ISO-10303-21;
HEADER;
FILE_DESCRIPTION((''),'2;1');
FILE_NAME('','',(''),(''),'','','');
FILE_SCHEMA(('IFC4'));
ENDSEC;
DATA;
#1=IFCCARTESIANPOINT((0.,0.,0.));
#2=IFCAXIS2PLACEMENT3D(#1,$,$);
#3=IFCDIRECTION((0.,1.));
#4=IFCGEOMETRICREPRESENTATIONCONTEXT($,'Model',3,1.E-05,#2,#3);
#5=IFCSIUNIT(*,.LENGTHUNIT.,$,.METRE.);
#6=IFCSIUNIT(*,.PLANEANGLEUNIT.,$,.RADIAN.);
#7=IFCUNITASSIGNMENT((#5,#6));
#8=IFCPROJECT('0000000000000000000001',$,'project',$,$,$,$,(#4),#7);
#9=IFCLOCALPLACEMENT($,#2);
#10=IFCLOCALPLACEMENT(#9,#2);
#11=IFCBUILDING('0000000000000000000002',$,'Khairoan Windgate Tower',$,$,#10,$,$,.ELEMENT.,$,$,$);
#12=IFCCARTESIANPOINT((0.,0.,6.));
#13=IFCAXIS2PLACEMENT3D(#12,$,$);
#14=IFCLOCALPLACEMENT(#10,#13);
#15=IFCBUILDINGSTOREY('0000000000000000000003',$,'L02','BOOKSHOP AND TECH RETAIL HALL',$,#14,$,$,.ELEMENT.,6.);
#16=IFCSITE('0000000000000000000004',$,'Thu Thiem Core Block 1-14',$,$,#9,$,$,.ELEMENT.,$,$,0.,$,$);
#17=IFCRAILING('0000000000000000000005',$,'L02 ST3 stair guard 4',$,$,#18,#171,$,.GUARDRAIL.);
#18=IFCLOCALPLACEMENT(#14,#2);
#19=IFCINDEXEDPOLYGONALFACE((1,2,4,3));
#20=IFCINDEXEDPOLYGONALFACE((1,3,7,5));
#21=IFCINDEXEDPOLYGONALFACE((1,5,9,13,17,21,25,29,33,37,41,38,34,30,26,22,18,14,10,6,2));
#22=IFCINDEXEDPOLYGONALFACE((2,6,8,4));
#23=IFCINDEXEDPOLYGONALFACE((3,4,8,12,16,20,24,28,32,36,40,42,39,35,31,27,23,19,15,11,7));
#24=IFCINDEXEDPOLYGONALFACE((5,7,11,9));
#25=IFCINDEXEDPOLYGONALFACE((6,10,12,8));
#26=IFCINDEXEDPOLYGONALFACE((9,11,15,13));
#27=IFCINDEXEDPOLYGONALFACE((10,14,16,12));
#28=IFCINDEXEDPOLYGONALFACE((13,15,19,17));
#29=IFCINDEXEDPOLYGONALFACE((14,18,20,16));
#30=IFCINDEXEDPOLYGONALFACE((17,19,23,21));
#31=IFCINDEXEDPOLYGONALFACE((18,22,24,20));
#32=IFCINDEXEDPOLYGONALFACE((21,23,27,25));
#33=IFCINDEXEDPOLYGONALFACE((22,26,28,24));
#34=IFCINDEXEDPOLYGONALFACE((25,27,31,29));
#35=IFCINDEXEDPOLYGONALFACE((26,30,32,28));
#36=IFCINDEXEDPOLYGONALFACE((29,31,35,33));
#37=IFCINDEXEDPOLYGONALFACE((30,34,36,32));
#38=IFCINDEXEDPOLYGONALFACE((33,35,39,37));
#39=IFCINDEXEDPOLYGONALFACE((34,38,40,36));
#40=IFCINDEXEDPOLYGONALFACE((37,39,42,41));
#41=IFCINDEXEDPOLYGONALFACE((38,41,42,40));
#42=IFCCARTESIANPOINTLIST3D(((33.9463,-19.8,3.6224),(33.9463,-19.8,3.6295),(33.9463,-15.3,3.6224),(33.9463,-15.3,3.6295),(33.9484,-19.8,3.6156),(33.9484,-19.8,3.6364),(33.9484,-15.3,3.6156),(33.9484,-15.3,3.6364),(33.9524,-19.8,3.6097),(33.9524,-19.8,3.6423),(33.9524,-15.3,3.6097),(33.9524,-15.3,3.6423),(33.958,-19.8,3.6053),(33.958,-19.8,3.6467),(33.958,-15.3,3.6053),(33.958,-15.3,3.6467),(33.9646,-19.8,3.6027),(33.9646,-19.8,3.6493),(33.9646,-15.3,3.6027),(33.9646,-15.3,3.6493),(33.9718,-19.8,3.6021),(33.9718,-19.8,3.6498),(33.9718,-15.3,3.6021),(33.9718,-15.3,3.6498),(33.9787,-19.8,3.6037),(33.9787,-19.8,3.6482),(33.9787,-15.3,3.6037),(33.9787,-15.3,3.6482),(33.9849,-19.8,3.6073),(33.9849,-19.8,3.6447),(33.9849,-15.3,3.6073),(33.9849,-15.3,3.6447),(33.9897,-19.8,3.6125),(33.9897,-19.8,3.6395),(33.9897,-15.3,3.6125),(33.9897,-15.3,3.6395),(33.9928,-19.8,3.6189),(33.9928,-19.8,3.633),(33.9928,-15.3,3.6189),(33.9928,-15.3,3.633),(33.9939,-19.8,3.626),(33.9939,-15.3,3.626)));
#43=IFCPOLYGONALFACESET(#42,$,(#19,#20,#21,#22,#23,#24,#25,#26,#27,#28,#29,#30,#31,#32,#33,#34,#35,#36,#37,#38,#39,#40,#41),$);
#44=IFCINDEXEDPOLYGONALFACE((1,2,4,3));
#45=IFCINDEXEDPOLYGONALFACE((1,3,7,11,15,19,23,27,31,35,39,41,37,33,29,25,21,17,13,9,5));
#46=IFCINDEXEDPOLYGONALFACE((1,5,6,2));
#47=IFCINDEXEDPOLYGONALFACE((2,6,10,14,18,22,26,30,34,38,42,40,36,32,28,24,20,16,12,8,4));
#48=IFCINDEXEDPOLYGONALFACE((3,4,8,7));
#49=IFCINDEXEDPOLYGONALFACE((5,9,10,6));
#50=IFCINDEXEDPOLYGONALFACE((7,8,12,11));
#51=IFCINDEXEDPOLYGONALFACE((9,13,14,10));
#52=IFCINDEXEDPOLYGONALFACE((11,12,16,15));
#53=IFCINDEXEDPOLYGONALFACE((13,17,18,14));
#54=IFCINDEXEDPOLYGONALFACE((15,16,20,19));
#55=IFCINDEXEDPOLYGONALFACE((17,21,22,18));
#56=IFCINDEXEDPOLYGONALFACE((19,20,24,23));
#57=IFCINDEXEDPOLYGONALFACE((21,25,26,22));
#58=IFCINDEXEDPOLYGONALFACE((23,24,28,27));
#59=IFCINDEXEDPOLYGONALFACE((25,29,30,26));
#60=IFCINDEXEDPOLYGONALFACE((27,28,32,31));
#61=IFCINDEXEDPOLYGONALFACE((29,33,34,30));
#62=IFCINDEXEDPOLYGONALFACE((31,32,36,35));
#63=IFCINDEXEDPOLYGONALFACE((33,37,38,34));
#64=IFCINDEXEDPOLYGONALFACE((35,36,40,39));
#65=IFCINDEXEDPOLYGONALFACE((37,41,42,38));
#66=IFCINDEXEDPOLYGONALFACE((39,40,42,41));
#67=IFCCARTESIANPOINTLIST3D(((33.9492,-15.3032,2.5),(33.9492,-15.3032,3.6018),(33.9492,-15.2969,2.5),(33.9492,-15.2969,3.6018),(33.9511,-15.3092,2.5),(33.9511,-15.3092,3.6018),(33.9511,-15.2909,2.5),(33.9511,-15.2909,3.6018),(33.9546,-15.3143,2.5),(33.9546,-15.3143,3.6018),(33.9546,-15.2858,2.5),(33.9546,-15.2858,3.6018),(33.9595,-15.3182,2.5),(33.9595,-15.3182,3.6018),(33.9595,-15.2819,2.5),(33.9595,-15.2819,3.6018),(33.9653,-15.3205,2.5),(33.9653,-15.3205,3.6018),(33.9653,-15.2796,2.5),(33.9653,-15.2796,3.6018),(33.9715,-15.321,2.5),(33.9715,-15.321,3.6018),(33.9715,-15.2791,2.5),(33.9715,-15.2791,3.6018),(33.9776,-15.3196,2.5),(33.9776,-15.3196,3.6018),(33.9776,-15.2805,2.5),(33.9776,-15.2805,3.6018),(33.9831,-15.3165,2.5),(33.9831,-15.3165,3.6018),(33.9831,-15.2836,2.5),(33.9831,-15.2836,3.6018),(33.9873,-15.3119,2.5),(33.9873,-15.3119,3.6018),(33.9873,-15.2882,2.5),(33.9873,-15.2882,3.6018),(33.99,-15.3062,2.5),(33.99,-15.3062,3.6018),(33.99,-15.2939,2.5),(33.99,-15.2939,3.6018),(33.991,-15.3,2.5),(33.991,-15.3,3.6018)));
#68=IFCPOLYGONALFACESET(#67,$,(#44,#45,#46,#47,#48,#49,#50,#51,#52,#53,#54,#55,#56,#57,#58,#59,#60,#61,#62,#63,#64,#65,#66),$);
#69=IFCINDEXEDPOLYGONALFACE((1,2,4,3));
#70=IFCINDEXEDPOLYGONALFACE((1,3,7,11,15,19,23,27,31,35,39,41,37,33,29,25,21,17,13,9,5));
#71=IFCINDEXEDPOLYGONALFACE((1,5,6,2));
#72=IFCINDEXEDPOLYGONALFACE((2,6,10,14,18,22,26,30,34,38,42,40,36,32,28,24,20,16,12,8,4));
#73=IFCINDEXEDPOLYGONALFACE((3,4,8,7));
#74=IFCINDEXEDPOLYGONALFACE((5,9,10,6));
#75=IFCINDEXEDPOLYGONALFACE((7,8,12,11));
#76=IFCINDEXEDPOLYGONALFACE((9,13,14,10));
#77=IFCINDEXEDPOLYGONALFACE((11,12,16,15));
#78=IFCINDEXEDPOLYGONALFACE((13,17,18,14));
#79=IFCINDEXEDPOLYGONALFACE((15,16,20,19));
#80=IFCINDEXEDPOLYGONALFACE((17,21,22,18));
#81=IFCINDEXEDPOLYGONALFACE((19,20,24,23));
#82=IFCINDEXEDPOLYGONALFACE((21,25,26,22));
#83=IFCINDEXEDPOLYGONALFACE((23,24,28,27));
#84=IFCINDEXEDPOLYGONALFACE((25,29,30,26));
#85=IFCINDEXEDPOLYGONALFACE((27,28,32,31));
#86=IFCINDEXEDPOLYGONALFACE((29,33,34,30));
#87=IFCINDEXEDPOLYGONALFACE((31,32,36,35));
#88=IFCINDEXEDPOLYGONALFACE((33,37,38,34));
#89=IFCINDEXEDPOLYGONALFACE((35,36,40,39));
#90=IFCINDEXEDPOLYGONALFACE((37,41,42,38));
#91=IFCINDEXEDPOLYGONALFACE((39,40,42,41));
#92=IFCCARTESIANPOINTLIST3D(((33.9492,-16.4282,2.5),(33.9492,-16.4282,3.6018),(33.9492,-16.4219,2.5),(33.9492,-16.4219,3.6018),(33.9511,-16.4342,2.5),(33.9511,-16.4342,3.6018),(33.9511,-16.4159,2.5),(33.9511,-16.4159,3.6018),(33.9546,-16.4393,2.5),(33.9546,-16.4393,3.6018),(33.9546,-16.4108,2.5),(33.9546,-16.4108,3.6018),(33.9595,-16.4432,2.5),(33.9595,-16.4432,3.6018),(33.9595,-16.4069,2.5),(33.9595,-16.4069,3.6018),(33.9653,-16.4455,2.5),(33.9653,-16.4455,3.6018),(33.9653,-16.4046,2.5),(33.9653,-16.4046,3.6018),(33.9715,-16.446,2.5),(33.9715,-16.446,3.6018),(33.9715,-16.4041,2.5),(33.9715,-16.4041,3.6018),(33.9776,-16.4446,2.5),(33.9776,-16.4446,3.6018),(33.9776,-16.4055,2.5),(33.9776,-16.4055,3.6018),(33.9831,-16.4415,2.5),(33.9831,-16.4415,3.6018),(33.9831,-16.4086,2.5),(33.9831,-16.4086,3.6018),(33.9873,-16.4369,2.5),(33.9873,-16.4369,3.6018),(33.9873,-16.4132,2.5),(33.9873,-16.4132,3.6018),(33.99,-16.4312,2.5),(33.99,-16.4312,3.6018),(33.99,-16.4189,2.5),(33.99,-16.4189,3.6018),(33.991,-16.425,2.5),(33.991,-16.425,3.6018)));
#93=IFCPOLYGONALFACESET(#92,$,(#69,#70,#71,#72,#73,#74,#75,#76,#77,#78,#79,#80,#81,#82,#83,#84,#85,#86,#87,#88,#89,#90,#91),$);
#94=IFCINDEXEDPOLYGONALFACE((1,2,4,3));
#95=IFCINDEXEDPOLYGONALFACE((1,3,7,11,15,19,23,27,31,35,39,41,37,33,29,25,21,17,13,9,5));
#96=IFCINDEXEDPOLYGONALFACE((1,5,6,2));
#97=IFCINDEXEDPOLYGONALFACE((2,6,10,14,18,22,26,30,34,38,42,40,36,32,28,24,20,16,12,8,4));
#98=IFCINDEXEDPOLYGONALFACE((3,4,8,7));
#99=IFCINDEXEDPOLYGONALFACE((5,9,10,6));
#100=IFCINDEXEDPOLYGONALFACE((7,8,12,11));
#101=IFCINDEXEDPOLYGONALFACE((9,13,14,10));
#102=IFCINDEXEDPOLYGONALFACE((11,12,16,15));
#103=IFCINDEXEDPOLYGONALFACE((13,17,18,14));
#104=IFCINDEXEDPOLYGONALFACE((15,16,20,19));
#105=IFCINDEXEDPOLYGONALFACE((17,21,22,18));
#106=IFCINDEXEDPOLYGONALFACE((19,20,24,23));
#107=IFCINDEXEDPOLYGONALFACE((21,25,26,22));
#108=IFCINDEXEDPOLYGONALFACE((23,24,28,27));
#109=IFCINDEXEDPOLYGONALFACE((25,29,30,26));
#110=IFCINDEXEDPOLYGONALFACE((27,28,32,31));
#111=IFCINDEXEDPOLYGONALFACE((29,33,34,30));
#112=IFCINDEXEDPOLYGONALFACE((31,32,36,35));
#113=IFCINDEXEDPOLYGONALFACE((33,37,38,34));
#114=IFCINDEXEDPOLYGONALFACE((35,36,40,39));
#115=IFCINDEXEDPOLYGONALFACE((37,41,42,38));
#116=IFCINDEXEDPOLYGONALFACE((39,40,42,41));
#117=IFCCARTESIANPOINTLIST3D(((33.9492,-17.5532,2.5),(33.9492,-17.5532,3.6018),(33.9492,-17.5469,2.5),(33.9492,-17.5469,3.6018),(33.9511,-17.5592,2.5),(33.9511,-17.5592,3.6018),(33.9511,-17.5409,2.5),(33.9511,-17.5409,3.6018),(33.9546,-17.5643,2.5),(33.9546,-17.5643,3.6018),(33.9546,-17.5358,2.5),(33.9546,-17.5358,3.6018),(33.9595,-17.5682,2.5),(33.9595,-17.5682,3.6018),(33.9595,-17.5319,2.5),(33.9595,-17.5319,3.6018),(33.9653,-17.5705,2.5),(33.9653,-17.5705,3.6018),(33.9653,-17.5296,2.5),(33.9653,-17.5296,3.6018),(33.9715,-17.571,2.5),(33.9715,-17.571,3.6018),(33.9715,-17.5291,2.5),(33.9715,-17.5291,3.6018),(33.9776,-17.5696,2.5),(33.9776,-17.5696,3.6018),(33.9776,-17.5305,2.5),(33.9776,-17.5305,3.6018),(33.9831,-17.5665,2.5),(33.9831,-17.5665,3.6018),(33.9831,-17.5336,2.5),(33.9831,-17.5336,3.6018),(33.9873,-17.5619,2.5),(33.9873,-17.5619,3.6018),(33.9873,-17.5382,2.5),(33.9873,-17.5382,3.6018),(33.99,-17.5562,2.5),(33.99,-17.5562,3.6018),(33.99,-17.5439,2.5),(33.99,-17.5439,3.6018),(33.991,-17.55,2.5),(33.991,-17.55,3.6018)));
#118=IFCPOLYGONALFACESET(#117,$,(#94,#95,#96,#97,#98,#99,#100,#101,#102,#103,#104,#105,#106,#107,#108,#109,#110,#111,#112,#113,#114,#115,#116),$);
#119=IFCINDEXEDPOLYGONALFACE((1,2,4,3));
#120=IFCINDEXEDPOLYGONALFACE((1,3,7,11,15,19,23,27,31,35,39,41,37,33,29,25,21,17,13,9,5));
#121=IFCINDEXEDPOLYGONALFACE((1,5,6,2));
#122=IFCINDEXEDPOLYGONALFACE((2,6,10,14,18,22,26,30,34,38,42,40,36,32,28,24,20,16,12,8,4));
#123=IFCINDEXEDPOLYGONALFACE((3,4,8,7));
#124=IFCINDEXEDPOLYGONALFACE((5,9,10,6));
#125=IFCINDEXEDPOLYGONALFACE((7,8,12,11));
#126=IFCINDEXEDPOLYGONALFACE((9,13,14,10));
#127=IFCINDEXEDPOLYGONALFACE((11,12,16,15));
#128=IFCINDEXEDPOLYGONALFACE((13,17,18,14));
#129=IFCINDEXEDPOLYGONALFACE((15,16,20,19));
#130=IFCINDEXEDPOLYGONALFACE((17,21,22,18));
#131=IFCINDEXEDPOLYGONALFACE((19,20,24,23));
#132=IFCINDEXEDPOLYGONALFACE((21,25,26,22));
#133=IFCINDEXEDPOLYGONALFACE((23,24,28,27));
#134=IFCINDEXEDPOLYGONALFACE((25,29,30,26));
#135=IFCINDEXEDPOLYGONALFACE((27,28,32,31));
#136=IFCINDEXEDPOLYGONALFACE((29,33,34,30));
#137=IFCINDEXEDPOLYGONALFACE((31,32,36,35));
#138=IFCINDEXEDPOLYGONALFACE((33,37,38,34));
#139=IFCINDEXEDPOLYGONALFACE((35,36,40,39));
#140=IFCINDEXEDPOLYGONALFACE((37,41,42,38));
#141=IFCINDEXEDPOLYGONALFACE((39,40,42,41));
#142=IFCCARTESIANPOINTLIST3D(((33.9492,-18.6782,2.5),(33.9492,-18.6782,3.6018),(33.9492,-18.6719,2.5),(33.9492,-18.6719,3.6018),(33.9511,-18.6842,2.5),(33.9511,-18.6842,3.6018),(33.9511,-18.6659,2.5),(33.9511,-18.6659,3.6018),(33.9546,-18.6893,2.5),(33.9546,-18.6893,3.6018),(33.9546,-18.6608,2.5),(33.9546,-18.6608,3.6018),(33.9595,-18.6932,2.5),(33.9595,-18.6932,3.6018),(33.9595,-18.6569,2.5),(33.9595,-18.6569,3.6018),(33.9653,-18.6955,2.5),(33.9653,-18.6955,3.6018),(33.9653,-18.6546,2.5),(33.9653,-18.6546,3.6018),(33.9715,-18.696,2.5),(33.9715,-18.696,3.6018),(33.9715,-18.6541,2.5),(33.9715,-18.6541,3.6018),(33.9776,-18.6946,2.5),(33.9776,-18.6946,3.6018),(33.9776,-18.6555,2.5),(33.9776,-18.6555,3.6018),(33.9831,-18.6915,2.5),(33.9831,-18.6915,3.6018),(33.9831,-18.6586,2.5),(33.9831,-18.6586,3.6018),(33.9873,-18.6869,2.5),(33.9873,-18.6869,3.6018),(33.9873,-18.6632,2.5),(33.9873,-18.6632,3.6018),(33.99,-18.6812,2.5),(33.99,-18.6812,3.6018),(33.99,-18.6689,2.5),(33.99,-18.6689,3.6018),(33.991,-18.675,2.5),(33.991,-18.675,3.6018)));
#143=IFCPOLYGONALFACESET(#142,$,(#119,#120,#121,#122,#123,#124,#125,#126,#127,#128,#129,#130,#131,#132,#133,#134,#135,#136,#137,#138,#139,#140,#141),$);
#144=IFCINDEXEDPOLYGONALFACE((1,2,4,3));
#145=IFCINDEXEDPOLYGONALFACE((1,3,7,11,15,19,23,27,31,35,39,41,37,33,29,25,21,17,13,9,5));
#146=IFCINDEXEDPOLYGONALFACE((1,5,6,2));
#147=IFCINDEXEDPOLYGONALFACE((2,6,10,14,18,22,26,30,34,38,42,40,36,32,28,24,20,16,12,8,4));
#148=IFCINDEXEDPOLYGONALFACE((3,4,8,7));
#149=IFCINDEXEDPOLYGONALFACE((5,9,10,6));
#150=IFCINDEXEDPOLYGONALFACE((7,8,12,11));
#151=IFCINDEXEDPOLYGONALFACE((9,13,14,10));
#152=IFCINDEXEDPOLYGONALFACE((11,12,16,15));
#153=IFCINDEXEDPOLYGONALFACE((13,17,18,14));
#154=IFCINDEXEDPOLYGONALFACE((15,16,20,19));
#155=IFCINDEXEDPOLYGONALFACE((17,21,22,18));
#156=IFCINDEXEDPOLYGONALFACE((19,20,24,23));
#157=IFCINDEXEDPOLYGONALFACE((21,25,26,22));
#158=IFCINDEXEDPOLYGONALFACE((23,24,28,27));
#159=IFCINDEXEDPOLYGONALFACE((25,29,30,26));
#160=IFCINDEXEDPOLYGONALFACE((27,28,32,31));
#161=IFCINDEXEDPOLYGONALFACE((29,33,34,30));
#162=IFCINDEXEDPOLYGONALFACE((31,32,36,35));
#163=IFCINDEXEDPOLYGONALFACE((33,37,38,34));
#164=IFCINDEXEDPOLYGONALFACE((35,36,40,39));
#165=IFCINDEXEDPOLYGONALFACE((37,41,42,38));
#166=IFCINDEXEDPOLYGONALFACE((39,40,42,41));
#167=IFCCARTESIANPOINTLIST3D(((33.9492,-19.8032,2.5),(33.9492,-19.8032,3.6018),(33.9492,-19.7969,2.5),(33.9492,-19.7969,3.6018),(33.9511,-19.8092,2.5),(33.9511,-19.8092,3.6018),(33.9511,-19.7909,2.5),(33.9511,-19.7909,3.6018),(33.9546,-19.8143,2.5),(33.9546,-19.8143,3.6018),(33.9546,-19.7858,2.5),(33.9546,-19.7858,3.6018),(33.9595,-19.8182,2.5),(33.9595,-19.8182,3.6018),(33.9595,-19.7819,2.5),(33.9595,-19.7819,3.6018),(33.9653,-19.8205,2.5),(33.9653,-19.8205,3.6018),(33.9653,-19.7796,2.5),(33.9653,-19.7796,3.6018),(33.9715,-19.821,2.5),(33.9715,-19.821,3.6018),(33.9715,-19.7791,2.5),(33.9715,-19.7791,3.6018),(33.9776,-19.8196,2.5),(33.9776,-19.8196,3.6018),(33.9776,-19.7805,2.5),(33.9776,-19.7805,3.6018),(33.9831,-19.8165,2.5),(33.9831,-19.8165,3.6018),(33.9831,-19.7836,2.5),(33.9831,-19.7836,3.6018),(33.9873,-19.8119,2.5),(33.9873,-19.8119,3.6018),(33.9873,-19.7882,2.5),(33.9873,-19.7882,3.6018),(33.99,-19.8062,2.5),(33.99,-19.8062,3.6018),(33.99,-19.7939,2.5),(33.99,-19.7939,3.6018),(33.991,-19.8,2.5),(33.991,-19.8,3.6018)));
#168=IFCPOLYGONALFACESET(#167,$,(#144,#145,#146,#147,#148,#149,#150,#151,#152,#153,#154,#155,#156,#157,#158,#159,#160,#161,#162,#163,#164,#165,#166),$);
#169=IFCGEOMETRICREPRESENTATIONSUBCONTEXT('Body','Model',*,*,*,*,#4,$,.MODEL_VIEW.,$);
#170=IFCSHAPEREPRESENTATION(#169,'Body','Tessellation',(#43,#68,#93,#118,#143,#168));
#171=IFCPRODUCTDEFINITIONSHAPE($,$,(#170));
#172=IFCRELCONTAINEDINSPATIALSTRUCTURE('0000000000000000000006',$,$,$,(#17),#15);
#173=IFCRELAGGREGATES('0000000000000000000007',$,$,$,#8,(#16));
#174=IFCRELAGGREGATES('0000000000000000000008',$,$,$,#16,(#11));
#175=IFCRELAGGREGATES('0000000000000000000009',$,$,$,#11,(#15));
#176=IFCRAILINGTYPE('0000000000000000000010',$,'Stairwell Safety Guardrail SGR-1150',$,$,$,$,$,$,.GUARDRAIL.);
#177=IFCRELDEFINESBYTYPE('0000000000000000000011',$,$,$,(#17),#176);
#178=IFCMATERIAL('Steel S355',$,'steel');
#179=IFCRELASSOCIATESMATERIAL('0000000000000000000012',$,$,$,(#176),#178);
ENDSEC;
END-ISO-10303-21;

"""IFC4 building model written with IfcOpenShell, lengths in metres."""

from ifc_helpers import new_model, si_unit, direction, frame, origin, origin_2d, place, context, subcontext, project, spatial, circle, extrude, material, type_object, element, save


model = new_model("IFC4")

# Units and contexts
model_context = context("Model", 3, precision=1e-05, world=origin(), true_north=direction((0.0, 1.0)))
body_context = subcontext(model_context, "Body", "Model", "MODEL_VIEW")
ifc_project = project(units=[si_unit("LENGTHUNIT", "METRE"), si_unit("PLANEANGLEUNIT", "RADIAN")], contexts=[model_context])

# Site, building, storey
site_placement = place(None, origin())
site = spatial("IfcSite", under=ifc_project, at=site_placement, Name="Thu Thiem Core Block 1-14", CompositionType="ELEMENT", RefElevation=0.0)
building_placement = place(site_placement, origin())
building = spatial("IfcBuilding", under=site, at=building_placement, Name="Khairoan Windgate Tower", CompositionType="ELEMENT")
storey_placement = place(building_placement, frame((0.0, 0.0, 6.0)))
storey = spatial("IfcBuildingStorey", under=building, at=storey_placement, Name="L02", Description="BOOKSHOP AND TECH RETAIL HALL", CompositionType="ELEMENT", Elevation=6.0)

# Railing
ifc_material_1 = material(Name="Steel S355", Category="steel")
railing_type_1 = type_object("IfcRailingType", Name="Stairwell Safety Guardrail SGR-1150", PredefinedType="GUARDRAIL", material=ifc_material_1)
for number, where, name in (
    (1, (33.97, -15.3, 2.5), "L02 ST3 stair guard 4"),
):
    element("IfcRailing", number, at=place(storey_placement, frame(where)), inside=storey, type_object=railing_type_1, Name=name, PredefinedType="GUARDRAIL", context=body_context, shape_type="SweptSolid", body=[
        extrude(circle(Radius=0.0239, at=origin_2d()), frame((0.0, 0.0, 1.126), z_axis=(0.0, -1.0, 0.0), x_axis=(1.0, 0.0, 0.0)), (0.0, 0.0, 1.0), 4.5),
        extrude(circle(Radius=0.021, at=origin_2d()), origin(), (0.0, 0.0, 1.0), 1.1018),
        extrude(circle(Radius=0.021, at=origin_2d()), frame((0.0, -1.125, 0.0)), (0.0, 0.0, 1.0), 1.1018),
        extrude(circle(Radius=0.021, at=origin_2d()), frame((0.0, -2.25, 0.0)), (0.0, 0.0, 1.0), 1.1018),
        extrude(circle(Radius=0.021, at=origin_2d()), frame((0.0, -3.375, 0.0)), (0.0, 0.0, 1.0), 1.1018),
        extrude(circle(Radius=0.021, at=origin_2d()), frame((0.0, -4.5, 0.0)), (0.0, 0.0, 1.0), 1.1018),
    ])

save(model, "model.ifc")
